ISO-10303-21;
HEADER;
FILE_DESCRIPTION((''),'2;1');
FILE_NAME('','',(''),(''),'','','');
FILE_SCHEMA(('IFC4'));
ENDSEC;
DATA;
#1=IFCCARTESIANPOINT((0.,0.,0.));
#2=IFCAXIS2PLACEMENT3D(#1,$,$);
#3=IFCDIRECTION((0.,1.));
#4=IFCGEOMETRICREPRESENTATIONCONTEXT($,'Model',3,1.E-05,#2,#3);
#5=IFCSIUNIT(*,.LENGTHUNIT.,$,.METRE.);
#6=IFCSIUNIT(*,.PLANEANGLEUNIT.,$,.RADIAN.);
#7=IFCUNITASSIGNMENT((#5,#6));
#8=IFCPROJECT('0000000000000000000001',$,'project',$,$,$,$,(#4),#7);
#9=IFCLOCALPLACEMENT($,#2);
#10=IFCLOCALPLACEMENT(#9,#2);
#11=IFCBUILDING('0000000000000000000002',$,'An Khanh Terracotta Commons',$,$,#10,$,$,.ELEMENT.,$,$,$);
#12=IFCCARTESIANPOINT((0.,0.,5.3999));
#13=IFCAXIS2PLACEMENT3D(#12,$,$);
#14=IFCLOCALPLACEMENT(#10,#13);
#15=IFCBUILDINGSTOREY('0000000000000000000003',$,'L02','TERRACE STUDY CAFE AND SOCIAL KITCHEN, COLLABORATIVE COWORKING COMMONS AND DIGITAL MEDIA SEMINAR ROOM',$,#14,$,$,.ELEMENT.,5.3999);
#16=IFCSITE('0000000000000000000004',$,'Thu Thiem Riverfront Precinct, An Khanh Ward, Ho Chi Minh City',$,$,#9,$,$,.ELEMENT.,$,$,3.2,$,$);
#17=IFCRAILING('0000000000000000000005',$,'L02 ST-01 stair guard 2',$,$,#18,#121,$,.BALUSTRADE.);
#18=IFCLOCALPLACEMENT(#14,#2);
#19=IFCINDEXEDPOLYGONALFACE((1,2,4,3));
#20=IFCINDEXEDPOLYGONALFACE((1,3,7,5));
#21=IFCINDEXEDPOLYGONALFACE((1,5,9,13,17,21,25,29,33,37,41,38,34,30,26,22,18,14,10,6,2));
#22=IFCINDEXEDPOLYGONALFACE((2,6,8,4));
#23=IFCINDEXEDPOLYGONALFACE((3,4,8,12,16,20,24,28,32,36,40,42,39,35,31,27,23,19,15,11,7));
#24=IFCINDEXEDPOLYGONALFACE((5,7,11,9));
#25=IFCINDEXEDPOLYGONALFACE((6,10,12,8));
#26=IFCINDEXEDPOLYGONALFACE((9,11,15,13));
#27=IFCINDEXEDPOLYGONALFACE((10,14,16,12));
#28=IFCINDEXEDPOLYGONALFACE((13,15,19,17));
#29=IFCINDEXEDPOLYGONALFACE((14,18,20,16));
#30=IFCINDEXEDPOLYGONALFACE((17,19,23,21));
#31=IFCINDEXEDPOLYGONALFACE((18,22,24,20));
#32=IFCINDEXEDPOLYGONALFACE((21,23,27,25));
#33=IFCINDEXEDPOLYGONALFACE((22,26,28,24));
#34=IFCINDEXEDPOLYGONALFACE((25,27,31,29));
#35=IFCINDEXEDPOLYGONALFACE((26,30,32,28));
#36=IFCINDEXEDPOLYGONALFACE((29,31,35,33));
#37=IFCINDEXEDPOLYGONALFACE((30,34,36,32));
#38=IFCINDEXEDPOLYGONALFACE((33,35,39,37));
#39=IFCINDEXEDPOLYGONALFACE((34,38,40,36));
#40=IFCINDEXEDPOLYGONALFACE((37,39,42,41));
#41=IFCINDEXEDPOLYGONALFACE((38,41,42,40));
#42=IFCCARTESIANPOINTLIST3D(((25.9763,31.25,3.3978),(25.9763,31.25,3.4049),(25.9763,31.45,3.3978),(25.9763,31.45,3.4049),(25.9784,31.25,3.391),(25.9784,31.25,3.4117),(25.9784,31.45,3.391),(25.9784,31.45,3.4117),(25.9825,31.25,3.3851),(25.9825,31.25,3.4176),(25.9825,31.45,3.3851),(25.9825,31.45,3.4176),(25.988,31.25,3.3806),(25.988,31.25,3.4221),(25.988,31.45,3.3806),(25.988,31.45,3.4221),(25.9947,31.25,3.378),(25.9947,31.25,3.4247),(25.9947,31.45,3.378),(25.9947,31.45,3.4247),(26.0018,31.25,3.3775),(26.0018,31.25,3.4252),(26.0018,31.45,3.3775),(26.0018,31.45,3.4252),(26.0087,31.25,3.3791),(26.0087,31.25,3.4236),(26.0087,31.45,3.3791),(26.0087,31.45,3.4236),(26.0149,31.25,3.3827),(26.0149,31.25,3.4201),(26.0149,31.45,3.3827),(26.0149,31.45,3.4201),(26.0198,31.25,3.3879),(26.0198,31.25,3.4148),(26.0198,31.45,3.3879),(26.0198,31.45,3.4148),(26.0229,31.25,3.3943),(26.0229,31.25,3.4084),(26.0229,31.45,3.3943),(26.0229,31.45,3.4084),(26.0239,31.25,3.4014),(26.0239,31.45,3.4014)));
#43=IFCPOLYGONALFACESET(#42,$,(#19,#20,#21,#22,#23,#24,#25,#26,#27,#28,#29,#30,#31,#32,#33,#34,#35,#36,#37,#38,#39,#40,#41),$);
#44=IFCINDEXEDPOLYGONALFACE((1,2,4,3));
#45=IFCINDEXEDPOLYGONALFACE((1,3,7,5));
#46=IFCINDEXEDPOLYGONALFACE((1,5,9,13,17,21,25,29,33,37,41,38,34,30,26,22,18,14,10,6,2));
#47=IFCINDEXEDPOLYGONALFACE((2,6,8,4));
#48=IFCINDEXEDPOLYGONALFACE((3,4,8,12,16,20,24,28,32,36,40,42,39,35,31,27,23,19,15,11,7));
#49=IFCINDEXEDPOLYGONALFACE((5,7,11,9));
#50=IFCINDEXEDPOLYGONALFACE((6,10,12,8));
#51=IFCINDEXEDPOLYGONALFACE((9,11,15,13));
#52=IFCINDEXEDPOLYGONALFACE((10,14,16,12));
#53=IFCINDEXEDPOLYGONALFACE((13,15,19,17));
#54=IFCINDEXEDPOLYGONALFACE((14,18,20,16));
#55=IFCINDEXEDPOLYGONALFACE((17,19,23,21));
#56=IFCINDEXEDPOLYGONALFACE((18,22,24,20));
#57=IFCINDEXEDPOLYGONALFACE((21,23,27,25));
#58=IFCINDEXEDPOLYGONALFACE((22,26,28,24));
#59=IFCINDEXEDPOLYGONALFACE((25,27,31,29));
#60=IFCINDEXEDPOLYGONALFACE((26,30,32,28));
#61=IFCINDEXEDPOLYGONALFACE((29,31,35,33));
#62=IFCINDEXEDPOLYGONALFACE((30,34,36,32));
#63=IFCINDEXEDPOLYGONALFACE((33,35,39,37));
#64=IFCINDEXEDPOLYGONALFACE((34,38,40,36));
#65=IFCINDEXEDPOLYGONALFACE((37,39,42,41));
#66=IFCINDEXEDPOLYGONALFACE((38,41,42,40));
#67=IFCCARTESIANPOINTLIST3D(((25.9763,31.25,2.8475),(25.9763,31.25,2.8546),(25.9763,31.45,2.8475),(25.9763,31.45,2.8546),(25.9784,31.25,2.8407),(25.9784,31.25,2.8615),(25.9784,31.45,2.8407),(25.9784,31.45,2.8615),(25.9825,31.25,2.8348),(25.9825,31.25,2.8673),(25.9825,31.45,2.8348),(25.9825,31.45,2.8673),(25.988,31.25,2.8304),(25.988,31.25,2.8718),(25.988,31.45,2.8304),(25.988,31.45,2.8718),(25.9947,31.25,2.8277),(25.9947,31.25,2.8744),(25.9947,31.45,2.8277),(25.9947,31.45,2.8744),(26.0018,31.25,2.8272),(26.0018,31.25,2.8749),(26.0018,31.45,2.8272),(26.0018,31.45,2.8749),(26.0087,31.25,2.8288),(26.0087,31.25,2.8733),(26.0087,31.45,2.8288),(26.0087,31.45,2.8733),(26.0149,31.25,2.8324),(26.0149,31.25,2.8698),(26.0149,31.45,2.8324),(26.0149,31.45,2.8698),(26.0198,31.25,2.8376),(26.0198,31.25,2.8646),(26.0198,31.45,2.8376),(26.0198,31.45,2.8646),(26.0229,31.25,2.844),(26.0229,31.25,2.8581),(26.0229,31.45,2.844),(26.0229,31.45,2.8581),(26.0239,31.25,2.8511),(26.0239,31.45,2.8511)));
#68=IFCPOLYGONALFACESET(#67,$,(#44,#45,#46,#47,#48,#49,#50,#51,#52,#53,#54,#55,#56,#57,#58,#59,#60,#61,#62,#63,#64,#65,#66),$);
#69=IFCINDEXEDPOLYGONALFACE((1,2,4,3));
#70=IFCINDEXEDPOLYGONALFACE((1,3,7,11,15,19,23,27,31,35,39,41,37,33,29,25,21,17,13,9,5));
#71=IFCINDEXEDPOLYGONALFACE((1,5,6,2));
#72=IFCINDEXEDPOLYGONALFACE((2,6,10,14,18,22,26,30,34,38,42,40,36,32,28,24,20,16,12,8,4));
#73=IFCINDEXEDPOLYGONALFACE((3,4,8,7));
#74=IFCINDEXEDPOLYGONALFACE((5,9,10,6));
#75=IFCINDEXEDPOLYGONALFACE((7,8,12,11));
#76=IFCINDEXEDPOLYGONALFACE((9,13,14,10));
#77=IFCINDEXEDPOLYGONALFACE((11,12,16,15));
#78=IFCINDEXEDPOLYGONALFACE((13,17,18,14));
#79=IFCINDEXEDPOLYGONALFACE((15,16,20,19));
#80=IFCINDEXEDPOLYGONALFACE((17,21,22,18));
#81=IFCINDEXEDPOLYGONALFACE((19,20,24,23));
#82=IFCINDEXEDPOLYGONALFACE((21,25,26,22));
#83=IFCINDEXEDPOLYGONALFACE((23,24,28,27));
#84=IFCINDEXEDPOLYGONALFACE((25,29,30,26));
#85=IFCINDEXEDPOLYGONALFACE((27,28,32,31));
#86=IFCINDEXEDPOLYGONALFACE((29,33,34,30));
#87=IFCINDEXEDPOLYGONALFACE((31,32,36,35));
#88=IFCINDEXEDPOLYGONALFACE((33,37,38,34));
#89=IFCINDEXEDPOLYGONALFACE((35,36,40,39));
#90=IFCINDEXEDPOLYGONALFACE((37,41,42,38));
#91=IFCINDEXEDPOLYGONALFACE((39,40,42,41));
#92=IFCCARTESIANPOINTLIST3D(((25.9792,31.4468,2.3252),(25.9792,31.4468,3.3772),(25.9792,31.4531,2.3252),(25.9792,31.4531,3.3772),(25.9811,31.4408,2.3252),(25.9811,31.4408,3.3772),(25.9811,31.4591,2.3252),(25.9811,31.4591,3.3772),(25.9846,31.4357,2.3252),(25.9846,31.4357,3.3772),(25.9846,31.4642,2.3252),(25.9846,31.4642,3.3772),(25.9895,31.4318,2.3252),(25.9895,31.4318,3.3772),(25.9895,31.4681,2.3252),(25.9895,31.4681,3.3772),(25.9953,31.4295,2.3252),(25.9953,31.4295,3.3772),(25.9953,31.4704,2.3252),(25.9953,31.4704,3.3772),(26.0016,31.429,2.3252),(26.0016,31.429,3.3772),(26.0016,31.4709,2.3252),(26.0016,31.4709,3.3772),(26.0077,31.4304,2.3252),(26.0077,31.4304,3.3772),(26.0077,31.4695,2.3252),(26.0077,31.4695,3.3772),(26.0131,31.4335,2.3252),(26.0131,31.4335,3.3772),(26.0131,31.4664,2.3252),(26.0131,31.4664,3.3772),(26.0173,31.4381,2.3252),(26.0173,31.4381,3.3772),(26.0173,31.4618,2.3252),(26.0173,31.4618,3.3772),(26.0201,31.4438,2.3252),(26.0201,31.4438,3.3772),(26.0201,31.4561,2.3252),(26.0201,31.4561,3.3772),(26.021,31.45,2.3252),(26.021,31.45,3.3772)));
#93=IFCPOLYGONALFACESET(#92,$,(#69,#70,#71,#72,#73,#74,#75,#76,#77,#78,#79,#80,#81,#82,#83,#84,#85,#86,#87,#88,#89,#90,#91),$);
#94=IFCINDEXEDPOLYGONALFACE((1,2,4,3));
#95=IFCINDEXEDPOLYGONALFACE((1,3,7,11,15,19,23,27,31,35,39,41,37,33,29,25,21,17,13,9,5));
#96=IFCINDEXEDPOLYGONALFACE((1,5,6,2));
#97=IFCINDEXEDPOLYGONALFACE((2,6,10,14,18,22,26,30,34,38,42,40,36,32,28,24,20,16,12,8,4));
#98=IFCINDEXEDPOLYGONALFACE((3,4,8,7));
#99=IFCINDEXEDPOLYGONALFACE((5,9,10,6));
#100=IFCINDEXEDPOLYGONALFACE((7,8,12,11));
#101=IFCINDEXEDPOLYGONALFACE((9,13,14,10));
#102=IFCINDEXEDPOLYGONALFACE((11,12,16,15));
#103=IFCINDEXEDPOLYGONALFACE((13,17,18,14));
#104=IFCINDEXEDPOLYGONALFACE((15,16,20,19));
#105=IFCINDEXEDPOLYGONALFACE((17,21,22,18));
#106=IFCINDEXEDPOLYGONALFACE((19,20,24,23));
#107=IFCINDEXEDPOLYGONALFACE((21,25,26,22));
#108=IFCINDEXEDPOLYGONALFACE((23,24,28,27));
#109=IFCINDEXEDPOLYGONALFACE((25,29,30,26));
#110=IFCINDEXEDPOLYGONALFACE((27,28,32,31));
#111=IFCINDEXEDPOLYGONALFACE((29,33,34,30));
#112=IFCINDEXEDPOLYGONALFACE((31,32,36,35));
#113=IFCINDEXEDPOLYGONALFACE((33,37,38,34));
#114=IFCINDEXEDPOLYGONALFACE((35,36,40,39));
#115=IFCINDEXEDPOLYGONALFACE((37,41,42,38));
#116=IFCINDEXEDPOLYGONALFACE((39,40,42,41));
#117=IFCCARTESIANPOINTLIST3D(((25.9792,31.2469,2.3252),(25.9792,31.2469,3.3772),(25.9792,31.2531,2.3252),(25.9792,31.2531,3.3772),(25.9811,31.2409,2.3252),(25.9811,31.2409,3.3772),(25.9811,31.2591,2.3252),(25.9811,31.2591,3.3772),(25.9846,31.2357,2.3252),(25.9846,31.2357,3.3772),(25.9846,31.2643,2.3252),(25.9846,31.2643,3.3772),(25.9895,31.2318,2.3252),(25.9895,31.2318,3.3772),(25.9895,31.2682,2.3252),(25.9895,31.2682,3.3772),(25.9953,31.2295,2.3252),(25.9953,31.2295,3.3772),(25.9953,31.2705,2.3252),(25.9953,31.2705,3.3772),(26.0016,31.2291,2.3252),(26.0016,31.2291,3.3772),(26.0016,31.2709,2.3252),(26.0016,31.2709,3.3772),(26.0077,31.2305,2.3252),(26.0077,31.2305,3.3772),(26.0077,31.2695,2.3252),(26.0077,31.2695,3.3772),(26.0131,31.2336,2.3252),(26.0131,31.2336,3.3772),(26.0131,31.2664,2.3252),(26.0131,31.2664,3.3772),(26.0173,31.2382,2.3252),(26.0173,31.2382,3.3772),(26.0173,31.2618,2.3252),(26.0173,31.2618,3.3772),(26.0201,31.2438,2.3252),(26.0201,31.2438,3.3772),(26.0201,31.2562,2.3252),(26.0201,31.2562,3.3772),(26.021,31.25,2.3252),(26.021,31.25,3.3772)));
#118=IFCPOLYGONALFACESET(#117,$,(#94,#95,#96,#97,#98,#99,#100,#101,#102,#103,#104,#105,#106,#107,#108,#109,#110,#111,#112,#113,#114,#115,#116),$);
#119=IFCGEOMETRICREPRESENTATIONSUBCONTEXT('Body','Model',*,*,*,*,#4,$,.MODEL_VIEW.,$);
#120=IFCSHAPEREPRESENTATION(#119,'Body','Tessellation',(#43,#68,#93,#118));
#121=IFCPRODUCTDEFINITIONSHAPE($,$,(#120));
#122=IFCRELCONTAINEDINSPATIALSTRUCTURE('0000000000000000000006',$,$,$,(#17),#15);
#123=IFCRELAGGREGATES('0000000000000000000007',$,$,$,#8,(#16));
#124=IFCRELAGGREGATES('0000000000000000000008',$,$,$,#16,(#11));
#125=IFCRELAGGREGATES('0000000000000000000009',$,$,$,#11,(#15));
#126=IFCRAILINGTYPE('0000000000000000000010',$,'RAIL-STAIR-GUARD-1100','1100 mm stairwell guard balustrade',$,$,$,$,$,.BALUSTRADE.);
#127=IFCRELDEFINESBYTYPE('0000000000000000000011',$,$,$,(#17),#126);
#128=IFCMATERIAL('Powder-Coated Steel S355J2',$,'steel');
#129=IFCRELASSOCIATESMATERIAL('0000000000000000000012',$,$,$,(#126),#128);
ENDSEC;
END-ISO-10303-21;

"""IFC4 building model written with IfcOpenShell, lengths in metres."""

from ifc_helpers import new_model, si_unit, direction, frame, origin, origin_2d, place, context, subcontext, project, spatial, circle, extrude, material, type_object, element, save


model = new_model("IFC4")

# Units and contexts
model_context = context("Model", 3, precision=1e-05, world=origin(), true_north=direction((0.0, 1.0)))
body_context = subcontext(model_context, "Body", "Model", "MODEL_VIEW")
ifc_project = project(units=[si_unit("LENGTHUNIT", "METRE"), si_unit("PLANEANGLEUNIT", "RADIAN")], contexts=[model_context])

# Site, building, storey
site_placement = place(None, origin())
site = spatial("IfcSite", under=ifc_project, at=site_placement, Name="Thu Thiem Riverfront Precinct, An Khanh Ward, Ho Chi Minh City", CompositionType="ELEMENT", RefElevation=3.2)
building_placement = place(site_placement, origin())
building = spatial("IfcBuilding", under=site, at=building_placement, Name="An Khanh Terracotta Commons", CompositionType="ELEMENT")
storey_placement = place(building_placement, frame((0.0, 0.0, 5.3999)))
storey = spatial("IfcBuildingStorey", under=building, at=storey_placement, Name="L02", Description="TERRACE STUDY CAFE AND SOCIAL KITCHEN, COLLABORATIVE COWORKING COMMONS AND DIGITAL MEDIA SEMINAR ROOM", CompositionType="ELEMENT", Elevation=5.3999)

# Railing
ifc_material_1 = material(Name="Powder-Coated Steel S355J2", Category="steel")
railing_type_1 = type_object("IfcRailingType", Name="RAIL-STAIR-GUARD-1100", Description="1100 mm stairwell guard balustrade", PredefinedType="BALUSTRADE", material=ifc_material_1)
railing_1_placement = place(storey_placement, frame((26.0, 31.45, 2.3252)))
element("IfcRailing", 1, at=railing_1_placement, inside=storey, type_object=railing_type_1, Name="L02 ST-01 stair guard 2", PredefinedType="BALUSTRADE", context=body_context, shape_type="SweptSolid", body=[
    extrude(circle(Radius=0.0239, at=origin_2d()), frame((0.0, 0.0, 1.0762), z_axis=(0.0, -1.0, 0.0), x_axis=(1.0, 0.0, 0.0)), (0.0, 0.0, 1.0), 0.2),
    extrude(circle(Radius=0.0239, at=origin_2d()), frame((0.0, 0.0, 0.5259), z_axis=(0.0, -1.0, 0.0), x_axis=(1.0, 0.0, 0.0)), (0.0, 0.0, 1.0), 0.2),
    extrude(circle(Radius=0.021, at=origin_2d()), origin(), (0.0, 0.0, 1.0), 1.052),
    extrude(circle(Radius=0.021, at=origin_2d()), frame((0.0, -0.2, 0.0)), (0.0, 0.0, 1.0), 1.052),
])

save(model, "model.ifc")
